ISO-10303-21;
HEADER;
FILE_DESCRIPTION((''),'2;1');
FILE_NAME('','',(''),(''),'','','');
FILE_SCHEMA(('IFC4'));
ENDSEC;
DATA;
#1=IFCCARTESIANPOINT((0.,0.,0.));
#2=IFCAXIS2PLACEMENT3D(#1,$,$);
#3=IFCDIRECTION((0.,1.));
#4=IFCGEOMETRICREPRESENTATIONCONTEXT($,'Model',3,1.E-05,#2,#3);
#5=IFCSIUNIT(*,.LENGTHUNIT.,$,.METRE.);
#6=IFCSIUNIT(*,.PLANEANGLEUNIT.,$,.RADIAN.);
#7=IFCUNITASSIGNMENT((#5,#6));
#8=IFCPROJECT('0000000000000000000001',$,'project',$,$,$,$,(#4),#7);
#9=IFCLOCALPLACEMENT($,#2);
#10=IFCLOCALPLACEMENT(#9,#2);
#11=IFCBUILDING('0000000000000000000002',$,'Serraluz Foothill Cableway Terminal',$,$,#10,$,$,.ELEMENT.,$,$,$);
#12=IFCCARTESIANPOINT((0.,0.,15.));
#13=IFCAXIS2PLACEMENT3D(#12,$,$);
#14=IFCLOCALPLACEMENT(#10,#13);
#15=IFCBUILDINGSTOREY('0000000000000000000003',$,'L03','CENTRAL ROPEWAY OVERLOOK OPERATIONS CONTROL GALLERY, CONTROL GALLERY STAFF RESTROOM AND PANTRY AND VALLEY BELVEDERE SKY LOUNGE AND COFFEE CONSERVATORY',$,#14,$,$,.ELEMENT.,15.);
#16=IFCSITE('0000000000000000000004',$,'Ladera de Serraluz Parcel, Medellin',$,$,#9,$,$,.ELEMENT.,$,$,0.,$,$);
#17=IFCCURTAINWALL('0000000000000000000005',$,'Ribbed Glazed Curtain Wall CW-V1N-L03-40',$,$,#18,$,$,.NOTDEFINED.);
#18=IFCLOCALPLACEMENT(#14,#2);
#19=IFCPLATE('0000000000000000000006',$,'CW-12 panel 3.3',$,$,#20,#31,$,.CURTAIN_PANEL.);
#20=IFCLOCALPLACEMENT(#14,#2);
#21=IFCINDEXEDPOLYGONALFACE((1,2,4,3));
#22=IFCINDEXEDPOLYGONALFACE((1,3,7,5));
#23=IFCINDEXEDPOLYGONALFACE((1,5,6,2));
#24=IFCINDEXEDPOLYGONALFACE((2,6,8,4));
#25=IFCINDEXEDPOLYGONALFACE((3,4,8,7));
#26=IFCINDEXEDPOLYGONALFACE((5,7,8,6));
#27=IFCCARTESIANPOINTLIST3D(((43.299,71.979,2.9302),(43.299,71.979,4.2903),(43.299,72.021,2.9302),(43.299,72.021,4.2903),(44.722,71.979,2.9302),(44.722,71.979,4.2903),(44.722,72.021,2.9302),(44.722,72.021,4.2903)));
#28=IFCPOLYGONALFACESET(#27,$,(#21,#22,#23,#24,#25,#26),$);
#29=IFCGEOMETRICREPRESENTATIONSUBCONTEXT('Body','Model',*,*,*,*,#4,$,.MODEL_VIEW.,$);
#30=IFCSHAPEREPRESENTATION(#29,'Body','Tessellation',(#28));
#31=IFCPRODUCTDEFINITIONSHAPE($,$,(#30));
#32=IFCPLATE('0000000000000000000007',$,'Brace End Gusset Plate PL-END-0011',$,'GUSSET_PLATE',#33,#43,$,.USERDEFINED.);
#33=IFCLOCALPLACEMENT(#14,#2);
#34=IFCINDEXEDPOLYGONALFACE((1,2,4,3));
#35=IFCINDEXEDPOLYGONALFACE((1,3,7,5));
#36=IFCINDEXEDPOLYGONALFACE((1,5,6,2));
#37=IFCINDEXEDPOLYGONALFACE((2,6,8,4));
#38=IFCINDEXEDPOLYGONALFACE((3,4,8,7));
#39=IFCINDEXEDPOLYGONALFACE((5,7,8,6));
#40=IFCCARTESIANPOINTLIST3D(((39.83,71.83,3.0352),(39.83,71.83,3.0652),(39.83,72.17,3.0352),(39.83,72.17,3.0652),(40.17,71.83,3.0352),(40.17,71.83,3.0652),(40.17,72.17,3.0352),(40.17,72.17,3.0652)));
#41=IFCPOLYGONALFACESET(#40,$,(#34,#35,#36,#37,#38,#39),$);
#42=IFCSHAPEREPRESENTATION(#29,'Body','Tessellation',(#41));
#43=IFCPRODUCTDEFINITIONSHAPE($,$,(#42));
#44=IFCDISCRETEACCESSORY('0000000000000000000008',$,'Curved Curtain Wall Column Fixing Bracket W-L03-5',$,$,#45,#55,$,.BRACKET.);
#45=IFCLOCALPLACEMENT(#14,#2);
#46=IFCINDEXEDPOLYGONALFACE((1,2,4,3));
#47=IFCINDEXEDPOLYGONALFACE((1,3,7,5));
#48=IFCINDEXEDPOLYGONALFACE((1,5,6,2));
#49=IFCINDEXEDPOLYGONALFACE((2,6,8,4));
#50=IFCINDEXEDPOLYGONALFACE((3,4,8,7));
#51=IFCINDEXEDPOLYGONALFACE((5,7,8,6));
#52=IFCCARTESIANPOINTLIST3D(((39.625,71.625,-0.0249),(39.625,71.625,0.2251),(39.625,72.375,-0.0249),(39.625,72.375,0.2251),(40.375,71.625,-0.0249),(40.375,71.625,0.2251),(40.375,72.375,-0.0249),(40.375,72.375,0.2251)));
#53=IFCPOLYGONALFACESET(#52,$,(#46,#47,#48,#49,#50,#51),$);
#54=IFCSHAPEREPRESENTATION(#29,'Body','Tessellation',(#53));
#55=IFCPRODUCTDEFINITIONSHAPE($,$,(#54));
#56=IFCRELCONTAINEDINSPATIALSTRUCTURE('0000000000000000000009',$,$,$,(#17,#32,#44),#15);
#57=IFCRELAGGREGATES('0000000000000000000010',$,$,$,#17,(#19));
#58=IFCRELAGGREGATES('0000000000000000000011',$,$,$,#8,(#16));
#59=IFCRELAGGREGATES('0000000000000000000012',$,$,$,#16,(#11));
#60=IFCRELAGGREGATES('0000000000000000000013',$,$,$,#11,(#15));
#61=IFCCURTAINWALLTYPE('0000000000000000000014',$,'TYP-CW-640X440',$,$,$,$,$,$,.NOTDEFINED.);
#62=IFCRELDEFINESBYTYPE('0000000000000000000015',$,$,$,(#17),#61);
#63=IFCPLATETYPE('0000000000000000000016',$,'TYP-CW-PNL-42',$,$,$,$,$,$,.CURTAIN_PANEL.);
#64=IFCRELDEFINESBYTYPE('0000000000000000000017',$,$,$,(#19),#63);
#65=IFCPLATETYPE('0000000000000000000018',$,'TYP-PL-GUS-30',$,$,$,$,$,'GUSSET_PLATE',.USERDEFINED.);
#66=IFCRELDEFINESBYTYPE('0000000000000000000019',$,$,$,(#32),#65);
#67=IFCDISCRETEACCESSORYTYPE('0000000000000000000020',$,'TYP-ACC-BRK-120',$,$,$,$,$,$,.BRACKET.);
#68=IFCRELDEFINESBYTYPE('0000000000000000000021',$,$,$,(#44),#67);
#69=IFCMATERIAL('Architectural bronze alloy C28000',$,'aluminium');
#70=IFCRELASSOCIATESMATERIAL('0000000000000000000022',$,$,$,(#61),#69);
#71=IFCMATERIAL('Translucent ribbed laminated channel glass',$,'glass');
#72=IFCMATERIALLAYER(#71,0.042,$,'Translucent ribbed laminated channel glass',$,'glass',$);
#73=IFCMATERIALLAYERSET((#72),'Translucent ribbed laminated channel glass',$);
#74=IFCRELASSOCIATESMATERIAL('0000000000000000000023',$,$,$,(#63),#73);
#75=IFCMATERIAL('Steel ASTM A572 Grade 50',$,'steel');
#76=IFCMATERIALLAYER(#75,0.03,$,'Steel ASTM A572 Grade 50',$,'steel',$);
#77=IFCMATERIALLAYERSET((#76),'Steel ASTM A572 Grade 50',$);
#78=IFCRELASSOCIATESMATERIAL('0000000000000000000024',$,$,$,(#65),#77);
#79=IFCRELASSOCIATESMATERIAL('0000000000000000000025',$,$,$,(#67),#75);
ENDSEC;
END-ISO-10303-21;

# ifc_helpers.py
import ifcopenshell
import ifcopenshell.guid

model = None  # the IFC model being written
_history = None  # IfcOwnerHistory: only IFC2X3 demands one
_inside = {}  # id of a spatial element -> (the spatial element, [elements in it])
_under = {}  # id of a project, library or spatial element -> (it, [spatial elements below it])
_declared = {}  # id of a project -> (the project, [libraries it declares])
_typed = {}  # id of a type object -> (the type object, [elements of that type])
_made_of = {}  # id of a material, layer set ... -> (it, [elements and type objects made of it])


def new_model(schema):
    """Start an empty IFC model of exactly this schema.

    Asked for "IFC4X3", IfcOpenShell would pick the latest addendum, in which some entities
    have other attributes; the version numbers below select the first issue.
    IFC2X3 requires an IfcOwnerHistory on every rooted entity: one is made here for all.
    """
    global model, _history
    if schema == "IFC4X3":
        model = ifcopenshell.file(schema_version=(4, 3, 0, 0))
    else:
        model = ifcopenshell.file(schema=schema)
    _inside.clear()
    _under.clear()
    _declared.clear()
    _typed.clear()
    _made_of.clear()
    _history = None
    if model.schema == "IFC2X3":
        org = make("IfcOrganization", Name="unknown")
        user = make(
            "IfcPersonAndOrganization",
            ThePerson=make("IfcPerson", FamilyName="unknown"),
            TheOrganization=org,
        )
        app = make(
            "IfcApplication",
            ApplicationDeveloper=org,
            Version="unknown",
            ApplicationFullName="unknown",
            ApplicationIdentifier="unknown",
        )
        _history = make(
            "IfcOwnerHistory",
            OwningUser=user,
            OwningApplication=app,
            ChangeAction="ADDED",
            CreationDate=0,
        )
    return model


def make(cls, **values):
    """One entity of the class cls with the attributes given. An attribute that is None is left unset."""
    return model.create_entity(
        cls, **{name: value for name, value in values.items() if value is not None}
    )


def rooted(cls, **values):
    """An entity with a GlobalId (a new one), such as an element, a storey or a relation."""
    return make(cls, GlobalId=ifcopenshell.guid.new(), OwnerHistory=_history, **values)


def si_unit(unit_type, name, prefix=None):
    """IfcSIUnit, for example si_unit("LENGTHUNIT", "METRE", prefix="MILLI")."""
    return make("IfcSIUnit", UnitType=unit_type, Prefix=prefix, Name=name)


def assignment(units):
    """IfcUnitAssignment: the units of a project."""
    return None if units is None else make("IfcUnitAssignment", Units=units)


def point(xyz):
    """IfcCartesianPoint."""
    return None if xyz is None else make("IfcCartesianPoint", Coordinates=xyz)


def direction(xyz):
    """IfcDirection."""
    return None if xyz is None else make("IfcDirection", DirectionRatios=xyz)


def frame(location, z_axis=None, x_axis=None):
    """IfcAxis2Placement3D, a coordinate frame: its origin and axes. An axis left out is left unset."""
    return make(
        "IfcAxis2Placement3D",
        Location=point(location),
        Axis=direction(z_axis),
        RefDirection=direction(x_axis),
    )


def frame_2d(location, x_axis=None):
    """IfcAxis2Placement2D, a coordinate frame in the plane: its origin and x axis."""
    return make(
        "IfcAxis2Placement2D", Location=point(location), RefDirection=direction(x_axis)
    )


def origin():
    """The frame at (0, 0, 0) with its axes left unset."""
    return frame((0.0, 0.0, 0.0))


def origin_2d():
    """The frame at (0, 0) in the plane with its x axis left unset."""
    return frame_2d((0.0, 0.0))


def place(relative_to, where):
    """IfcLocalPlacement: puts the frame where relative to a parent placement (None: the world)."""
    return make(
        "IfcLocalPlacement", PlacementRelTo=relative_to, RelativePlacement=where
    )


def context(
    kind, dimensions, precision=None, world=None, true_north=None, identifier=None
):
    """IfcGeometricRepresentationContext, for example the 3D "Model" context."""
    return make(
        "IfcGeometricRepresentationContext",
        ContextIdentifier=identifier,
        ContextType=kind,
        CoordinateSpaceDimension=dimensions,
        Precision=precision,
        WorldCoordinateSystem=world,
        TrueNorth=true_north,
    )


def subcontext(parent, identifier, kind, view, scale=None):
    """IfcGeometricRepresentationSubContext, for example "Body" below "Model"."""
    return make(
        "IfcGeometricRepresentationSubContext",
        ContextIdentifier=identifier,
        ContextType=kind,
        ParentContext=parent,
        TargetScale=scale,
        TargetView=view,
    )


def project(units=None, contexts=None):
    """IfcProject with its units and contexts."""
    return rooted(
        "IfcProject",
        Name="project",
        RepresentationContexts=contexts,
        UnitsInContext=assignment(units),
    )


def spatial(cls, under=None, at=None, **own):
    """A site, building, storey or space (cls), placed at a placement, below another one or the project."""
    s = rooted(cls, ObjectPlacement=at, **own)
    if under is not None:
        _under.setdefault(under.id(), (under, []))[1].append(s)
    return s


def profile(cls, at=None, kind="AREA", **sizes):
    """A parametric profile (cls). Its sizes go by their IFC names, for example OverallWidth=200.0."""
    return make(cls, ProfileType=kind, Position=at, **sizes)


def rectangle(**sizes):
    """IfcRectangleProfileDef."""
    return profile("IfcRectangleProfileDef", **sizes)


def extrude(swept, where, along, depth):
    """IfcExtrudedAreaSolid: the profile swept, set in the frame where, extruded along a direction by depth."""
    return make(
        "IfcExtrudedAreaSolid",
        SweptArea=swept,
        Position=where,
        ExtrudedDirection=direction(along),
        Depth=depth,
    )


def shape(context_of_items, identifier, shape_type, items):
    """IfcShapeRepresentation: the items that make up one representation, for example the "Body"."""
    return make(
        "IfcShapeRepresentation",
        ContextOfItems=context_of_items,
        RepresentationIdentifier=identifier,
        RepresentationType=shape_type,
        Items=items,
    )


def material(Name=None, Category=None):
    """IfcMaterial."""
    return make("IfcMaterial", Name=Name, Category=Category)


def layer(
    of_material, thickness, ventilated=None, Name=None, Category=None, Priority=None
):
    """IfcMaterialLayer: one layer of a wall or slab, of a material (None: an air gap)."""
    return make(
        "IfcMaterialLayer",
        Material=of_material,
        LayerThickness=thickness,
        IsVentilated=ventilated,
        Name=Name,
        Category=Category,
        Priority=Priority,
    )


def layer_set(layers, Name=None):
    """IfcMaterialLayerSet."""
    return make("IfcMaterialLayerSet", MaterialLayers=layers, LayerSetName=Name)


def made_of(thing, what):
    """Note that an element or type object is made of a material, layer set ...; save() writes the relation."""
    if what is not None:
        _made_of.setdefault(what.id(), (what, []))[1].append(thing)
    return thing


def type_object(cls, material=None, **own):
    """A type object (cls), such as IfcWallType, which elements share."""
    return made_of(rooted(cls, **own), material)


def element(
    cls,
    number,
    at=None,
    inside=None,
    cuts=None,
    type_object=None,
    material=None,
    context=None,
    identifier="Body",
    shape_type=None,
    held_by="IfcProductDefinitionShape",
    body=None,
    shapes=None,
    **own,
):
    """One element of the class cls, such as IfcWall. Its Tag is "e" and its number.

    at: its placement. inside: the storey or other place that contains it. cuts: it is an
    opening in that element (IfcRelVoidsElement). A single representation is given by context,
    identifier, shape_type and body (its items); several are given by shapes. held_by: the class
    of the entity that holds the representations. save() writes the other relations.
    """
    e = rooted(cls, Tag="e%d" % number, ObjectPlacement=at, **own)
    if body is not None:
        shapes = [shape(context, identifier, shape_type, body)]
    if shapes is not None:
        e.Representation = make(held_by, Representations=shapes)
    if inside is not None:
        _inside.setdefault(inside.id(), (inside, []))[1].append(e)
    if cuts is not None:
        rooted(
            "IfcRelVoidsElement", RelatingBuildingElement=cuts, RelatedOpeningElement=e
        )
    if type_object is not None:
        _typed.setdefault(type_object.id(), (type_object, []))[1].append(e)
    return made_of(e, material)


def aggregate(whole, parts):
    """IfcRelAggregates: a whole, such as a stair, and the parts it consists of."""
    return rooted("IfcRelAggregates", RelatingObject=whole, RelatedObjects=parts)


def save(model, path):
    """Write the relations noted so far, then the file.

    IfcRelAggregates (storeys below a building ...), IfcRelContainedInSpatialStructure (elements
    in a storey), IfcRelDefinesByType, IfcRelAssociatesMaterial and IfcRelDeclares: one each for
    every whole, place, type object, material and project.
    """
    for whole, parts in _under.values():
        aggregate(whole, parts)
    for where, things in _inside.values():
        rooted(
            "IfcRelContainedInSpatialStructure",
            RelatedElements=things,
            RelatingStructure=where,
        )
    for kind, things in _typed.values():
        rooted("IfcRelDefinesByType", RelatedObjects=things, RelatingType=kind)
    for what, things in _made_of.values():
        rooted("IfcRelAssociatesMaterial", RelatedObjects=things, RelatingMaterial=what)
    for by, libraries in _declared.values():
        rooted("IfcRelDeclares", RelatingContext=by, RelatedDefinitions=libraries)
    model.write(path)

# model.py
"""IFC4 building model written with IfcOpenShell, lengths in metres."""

from ifc_helpers import new_model, si_unit, direction, frame, origin, origin_2d, place, context, subcontext, project, spatial, rectangle, extrude, material, layer, layer_set, type_object, element, aggregate, save


model = new_model("IFC4")

# Units and contexts
model_context = context("Model", 3, precision=1e-05, world=origin(), true_north=direction((0.0, 1.0)))
body_context = subcontext(model_context, "Body", "Model", "MODEL_VIEW")
ifc_project = project(units=[si_unit("LENGTHUNIT", "METRE"), si_unit("PLANEANGLEUNIT", "RADIAN")], contexts=[model_context])

# Site, building, storey
site_placement = place(None, origin())
site = spatial("IfcSite", under=ifc_project, at=site_placement, Name="Ladera de Serraluz Parcel, Medellin", CompositionType="ELEMENT", RefElevation=0.0)
building_placement = place(site_placement, origin())
building = spatial("IfcBuilding", under=site, at=building_placement, Name="Serraluz Foothill Cableway Terminal", CompositionType="ELEMENT")
storey_placement = place(building_placement, frame((0.0, 0.0, 15.0)))
storey = spatial("IfcBuildingStorey", under=building, at=storey_placement, Name="L03", Description="CENTRAL ROPEWAY OVERLOOK OPERATIONS CONTROL GALLERY, CONTROL GALLERY STAFF RESTROOM AND PANTRY AND VALLEY BELVEDERE SKY LOUNGE AND COFFEE CONSERVATORY", CompositionType="ELEMENT", Elevation=15.0)

# Shared definitions
ifc_material_1 = material(Name="Architectural bronze alloy C28000", Category="aluminium")

# Curtain wall
curtain_wall_type_1 = type_object("IfcCurtainWallType", Name="TYP-CW-640X440", PredefinedType="NOTDEFINED", material=ifc_material_1)
curtain_wall_1_placement = place(storey_placement, origin())
curtain_wall_1 = element("IfcCurtainWall", 1, at=curtain_wall_1_placement, inside=storey, type_object=curtain_wall_type_1, Name="Ribbed Glazed Curtain Wall CW-V1N-L03-40", PredefinedType="NOTDEFINED")

# Shared definitions
ifc_material_2 = material(Name="Steel ASTM A572 Grade 50", Category="steel")

# Plates
ifc_material_3 = material(Name="Translucent ribbed laminated channel glass", Category="glass")
ifc_layer_1 = layer(ifc_material_3, 0.042, Name="Translucent ribbed laminated channel glass", Category="glass")
ifc_layer_set_1 = layer_set([ifc_layer_1], Name="Translucent ribbed laminated channel glass")
plate_type_1 = type_object("IfcPlateType", Name="TYP-CW-PNL-42", PredefinedType="CURTAIN_PANEL", material=ifc_layer_set_1)
plate_1_placement = place(storey_placement, frame((44.0105, 72.0, 2.9302), z_axis=(0.0, 0.0, 1.0), x_axis=(1.0, 0.0, 0.0)))
plate_1 = element("IfcPlate", 2, at=plate_1_placement, type_object=plate_type_1, Name="CW-12 panel 3.3", PredefinedType="CURTAIN_PANEL", context=body_context, shape_type="SweptSolid", body=[
    extrude(rectangle(XDim=1.4231, YDim=0.042, at=origin_2d()), origin(), (0.0, 0.0, 1.0), 1.3601),
])
aggregate(curtain_wall_1, [plate_1])
ifc_layer_2 = layer(ifc_material_2, 0.03, Name="Steel ASTM A572 Grade 50", Category="steel")
ifc_layer_set_2 = layer_set([ifc_layer_2], Name="Steel ASTM A572 Grade 50")
plate_type_2 = type_object("IfcPlateType", Name="TYP-PL-GUS-30", ElementType="GUSSET_PLATE", PredefinedType="USERDEFINED", material=ifc_layer_set_2)
plate_2_placement = place(storey_placement, frame((40.0, 72.0, 3.0352), z_axis=(0.0, 0.0, 1.0), x_axis=(1.0, 0.0, 0.0)))
element("IfcPlate", 3, at=plate_2_placement, inside=storey, type_object=plate_type_2, Name="Brace End Gusset Plate PL-END-0011", ObjectType="GUSSET_PLATE", PredefinedType="USERDEFINED", context=body_context, shape_type="SweptSolid", body=[
    extrude(rectangle(XDim=0.3401, YDim=0.3401, at=origin_2d()), origin(), (0.0, 0.0, 1.0), 0.03),
])

# Discrete accessory
discrete_accessory_type = type_object("IfcDiscreteAccessoryType", Name="TYP-ACC-BRK-120", PredefinedType="BRACKET", material=ifc_material_2)
discrete_accessory_placement = place(storey_placement, frame((40.0, 72.0, -0.0249), z_axis=(0.0, 0.0, 1.0), x_axis=(1.0, 0.0, 0.0)))
element("IfcDiscreteAccessory", 4, at=discrete_accessory_placement, inside=storey, type_object=discrete_accessory_type, Name="Curved Curtain Wall Column Fixing Bracket W-L03-5", PredefinedType="BRACKET", context=body_context, shape_type="SweptSolid", body=[
    extrude(rectangle(XDim=0.75, YDim=0.75, at=origin_2d()), origin(), (0.0, 0.0, 1.0), 0.25),
])

save(model, "model.ifc")
